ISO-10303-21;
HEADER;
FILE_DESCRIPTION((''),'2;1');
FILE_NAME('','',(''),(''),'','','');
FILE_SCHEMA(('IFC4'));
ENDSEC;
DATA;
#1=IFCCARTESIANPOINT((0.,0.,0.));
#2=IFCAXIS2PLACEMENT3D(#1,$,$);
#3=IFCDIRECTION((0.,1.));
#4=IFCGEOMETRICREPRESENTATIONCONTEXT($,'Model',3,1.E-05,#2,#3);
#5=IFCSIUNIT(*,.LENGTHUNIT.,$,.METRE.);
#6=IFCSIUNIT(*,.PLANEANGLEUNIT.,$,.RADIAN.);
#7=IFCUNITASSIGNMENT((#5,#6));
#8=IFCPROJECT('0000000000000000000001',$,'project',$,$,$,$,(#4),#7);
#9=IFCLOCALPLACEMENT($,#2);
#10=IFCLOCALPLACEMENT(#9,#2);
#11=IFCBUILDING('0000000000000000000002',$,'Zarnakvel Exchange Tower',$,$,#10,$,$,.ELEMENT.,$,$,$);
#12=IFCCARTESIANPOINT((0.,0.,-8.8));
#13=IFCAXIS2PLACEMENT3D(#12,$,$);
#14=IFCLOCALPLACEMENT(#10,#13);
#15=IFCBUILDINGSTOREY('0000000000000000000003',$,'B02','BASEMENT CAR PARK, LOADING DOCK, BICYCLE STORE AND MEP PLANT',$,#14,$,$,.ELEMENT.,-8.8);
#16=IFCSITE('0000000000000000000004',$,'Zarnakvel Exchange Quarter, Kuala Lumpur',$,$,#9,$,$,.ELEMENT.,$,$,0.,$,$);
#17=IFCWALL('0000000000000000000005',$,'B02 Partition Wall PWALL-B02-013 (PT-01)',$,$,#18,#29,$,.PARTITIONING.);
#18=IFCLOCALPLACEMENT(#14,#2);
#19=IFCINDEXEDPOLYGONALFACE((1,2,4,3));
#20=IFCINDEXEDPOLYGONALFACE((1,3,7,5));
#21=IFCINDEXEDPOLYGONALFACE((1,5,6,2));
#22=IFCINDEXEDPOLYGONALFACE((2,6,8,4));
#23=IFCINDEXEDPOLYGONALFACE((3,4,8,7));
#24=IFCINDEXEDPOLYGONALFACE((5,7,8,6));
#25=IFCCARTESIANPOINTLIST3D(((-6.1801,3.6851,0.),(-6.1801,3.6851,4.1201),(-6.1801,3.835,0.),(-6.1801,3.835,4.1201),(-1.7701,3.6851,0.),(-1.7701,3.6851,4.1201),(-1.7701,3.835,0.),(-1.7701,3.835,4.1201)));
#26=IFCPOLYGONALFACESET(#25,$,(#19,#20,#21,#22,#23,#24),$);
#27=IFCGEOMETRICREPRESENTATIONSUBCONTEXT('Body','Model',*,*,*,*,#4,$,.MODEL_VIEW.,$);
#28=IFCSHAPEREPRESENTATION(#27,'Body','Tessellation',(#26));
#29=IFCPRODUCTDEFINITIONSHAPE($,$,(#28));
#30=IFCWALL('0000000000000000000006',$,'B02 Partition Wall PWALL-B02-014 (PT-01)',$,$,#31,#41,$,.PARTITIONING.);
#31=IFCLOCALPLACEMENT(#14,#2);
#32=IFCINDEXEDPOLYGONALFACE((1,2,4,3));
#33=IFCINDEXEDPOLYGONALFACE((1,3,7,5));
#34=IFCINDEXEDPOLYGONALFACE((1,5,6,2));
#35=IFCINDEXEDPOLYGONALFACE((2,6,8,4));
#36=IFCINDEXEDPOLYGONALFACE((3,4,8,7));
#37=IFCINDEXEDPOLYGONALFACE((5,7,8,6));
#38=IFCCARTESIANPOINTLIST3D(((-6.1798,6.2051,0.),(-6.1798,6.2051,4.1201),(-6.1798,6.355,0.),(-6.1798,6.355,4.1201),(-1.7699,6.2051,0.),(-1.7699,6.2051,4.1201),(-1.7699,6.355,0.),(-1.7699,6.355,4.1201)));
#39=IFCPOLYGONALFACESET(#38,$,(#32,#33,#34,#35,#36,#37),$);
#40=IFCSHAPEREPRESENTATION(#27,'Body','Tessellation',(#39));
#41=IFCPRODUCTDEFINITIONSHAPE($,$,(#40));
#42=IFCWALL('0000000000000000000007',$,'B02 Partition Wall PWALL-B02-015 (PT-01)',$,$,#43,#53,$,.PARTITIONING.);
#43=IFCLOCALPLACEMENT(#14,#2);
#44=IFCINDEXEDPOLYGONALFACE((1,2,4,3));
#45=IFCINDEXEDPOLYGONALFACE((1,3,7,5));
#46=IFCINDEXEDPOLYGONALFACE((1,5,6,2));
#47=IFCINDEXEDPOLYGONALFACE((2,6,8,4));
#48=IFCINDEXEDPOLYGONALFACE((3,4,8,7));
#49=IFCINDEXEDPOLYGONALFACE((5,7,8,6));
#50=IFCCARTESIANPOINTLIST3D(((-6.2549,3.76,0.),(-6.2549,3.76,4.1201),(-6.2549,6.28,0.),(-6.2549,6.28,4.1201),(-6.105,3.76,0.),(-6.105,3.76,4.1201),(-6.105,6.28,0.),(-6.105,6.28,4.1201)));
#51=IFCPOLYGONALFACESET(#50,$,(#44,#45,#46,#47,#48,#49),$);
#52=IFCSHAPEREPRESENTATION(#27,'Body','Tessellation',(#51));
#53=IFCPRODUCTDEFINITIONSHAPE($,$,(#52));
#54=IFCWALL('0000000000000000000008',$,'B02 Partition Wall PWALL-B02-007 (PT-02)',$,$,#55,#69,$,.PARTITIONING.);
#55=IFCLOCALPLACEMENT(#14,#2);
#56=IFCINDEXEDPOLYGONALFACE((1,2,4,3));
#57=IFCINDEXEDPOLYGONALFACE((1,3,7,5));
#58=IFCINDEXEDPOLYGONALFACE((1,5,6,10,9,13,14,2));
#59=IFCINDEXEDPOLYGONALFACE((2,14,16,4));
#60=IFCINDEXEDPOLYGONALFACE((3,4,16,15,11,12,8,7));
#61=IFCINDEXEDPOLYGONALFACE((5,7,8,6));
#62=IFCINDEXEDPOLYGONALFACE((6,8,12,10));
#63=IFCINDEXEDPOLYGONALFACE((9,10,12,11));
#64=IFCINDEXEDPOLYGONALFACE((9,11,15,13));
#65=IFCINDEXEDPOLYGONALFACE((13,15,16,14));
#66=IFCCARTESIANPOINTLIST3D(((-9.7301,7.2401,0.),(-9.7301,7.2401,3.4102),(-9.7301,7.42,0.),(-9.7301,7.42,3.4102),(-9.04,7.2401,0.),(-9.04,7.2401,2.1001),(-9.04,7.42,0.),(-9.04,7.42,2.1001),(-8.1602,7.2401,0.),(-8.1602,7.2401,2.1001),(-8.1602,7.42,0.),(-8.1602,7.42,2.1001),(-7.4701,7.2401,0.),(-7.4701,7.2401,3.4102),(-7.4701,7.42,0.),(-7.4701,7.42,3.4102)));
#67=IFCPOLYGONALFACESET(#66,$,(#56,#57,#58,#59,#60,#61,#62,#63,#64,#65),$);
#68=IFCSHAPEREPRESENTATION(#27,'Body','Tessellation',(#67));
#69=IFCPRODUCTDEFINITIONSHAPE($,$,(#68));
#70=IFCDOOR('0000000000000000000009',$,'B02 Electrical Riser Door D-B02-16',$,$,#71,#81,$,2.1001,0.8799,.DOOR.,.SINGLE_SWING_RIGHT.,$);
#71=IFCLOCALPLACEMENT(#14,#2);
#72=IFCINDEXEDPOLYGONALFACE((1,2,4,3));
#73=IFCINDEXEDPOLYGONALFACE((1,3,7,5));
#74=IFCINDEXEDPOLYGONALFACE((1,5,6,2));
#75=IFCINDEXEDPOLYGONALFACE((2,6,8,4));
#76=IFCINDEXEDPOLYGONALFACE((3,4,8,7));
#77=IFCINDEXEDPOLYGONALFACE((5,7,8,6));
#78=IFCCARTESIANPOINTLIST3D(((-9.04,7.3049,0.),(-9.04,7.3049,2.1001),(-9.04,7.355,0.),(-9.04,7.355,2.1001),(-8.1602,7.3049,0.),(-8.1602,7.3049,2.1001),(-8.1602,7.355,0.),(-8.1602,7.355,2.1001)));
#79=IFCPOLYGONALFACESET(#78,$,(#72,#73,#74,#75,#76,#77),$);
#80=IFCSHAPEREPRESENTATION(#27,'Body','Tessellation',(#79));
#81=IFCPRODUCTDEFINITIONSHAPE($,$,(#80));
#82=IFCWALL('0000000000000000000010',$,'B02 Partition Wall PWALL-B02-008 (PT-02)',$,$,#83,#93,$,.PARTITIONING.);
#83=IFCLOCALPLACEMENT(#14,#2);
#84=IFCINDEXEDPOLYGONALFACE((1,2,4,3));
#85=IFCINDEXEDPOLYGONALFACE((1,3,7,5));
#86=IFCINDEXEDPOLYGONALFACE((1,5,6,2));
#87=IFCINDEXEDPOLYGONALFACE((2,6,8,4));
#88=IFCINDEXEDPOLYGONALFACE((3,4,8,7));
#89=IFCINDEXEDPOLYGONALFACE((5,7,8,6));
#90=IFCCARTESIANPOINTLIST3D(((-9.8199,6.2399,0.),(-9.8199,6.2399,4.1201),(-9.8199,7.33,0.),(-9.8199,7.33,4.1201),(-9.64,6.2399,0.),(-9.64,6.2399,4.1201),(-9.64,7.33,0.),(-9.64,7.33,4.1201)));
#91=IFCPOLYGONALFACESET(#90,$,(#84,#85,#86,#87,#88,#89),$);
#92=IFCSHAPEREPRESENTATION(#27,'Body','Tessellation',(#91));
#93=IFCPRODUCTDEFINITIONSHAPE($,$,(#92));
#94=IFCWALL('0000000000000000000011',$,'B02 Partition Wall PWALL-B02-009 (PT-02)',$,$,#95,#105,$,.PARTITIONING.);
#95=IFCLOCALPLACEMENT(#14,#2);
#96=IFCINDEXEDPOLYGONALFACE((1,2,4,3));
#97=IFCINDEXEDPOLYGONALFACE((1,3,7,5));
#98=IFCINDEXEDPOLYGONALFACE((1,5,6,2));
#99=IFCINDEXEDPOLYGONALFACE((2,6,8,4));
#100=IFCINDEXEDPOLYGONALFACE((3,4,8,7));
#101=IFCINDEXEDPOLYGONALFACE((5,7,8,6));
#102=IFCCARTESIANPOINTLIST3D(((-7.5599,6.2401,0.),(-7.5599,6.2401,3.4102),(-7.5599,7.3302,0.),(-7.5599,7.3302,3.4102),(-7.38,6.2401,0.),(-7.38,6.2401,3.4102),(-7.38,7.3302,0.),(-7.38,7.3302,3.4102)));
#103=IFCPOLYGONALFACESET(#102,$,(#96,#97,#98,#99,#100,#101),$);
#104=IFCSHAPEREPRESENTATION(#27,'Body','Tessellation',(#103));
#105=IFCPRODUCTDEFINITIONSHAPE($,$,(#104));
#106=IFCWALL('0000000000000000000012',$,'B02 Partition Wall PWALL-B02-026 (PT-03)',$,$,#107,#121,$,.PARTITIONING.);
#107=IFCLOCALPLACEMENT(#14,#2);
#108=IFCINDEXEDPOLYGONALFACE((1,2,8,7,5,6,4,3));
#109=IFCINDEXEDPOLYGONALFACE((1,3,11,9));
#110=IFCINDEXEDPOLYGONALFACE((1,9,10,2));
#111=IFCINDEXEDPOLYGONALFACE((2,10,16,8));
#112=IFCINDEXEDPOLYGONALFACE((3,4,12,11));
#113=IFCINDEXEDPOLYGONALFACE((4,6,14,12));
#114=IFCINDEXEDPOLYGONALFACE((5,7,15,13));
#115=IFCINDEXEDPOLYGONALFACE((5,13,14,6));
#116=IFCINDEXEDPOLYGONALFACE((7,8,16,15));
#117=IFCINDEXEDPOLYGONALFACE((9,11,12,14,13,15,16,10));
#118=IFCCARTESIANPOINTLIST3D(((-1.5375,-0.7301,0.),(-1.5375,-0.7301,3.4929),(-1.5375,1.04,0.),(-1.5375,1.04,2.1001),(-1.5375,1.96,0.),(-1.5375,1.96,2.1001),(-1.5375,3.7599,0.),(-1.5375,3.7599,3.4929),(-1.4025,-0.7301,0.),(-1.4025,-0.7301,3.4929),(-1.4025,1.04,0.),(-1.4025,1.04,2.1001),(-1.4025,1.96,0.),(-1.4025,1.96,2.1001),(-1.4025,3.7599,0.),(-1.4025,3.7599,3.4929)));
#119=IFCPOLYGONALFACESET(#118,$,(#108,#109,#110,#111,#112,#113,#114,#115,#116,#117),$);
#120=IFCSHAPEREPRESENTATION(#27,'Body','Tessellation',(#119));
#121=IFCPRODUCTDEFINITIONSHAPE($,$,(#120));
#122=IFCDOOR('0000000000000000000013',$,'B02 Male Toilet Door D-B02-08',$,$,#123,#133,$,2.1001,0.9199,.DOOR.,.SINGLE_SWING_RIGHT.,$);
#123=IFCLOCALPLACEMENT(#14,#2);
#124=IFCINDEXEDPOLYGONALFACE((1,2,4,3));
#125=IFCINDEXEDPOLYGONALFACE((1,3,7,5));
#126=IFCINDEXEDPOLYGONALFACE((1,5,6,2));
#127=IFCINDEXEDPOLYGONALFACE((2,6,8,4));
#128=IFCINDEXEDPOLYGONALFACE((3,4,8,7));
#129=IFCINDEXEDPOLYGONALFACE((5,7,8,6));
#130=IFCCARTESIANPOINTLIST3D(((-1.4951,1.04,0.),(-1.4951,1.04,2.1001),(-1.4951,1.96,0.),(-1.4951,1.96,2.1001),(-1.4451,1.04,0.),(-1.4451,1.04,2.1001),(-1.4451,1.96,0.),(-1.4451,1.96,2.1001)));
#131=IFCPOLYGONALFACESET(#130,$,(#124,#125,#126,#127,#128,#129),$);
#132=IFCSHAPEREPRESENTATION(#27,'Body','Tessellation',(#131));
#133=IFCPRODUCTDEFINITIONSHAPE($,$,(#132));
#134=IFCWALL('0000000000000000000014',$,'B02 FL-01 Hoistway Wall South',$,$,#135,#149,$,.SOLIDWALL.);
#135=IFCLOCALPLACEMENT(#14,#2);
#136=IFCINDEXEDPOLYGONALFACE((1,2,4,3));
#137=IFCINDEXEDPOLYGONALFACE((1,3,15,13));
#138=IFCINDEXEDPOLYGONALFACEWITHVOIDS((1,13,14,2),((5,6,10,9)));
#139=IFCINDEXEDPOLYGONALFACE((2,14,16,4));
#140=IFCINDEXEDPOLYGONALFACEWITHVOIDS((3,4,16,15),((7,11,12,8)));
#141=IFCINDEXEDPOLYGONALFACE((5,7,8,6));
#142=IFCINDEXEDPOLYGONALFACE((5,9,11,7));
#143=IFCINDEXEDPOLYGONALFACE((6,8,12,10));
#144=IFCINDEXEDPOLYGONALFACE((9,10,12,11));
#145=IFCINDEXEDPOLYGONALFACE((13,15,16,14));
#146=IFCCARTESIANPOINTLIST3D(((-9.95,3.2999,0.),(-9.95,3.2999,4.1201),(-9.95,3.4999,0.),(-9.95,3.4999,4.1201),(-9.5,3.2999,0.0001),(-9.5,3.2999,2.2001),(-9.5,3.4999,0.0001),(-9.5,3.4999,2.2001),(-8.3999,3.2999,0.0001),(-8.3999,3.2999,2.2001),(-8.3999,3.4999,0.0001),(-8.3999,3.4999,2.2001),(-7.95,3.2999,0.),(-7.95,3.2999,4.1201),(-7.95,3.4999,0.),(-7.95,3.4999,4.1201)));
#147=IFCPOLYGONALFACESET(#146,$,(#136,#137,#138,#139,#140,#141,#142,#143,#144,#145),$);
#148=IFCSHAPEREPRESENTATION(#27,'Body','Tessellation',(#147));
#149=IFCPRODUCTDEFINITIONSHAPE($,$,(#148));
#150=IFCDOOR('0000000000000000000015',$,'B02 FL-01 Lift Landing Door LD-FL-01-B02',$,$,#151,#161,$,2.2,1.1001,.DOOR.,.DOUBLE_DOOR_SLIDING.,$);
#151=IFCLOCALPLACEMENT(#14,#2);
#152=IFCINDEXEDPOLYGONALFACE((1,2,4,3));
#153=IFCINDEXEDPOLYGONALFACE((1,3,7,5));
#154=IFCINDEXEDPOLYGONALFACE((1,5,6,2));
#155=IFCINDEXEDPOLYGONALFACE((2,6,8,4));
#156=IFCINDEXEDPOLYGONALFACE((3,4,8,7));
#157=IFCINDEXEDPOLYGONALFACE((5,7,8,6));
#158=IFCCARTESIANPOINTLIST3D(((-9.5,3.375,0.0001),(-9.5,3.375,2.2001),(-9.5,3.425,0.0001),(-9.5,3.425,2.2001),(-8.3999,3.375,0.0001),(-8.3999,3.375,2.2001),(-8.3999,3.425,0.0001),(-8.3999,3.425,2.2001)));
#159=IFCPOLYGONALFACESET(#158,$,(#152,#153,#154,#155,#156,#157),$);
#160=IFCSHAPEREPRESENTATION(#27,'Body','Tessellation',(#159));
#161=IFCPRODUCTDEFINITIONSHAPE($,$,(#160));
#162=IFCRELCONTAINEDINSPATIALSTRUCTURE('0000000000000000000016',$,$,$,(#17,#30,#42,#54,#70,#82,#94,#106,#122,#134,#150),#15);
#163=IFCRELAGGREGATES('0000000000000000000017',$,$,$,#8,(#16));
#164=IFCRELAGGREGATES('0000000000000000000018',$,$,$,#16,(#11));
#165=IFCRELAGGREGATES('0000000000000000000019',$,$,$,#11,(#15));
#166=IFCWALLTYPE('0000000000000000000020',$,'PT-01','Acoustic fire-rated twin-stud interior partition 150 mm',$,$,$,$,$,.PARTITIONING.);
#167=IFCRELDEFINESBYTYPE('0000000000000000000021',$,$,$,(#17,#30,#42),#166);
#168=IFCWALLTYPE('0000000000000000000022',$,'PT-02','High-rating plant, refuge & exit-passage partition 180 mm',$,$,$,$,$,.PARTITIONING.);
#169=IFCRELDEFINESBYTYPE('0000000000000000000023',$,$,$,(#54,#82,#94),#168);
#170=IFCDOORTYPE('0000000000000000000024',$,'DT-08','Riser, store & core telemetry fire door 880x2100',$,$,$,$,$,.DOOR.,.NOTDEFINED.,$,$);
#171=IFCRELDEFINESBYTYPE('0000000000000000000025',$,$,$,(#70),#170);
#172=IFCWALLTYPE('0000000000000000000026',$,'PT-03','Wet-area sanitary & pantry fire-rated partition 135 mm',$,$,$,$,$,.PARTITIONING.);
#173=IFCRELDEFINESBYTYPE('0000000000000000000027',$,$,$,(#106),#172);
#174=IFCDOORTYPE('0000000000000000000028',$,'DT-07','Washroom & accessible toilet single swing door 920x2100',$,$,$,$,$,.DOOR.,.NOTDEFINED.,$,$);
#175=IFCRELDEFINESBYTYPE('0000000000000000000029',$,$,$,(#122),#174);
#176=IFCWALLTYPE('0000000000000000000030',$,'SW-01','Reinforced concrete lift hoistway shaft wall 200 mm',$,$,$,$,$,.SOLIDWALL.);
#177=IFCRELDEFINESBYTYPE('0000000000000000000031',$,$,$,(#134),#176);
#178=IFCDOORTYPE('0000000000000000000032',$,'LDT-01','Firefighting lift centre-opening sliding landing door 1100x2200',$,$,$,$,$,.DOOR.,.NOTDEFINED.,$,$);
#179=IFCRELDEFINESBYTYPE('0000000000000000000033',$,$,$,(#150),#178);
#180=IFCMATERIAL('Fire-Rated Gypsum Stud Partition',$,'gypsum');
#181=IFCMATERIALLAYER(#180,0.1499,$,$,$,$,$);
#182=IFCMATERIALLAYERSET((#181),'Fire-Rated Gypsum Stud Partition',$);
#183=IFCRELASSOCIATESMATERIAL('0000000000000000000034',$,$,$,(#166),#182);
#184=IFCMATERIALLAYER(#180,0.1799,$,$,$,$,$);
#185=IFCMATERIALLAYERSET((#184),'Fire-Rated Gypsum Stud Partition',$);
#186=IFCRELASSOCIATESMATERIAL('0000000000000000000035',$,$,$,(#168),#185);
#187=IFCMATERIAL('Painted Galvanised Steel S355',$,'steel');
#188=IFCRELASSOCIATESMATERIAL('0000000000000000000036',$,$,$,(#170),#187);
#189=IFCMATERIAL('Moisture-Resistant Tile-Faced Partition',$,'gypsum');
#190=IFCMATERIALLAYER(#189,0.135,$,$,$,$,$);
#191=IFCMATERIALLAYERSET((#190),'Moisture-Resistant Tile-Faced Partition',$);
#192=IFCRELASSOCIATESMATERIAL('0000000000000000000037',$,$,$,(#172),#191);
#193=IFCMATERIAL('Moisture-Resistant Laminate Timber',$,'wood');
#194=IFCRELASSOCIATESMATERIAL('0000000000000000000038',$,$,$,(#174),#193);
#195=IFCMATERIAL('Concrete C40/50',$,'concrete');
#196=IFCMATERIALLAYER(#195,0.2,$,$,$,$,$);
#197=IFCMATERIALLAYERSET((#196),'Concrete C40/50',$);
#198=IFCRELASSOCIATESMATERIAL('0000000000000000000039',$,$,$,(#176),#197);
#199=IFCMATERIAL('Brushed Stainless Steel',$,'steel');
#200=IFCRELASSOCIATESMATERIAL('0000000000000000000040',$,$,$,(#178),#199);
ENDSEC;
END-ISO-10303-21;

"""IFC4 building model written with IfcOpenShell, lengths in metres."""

from ifc_helpers import new_model, si_unit, direction, frame, frame_2d, origin, place, context, subcontext, project, spatial, rectangle, extrude, source, transform, mapped, material, layer, layer_set, type_object, element, fill, save


model = new_model("IFC4")

# Units and contexts
model_context = context("Model", 3, precision=1e-05, world=origin(), true_north=direction((0.0, 1.0)))
body_context = subcontext(model_context, "Body", "Model", "MODEL_VIEW")
ifc_project = project(units=[si_unit("LENGTHUNIT", "METRE"), si_unit("PLANEANGLEUNIT", "RADIAN")], contexts=[model_context])

# Site, building, storey
site_placement = place(None, origin())
site = spatial("IfcSite", under=ifc_project, at=site_placement, Name="Zarnakvel Exchange Quarter, Kuala Lumpur", CompositionType="ELEMENT", RefElevation=0.0)
building_placement = place(site_placement, origin())
building = spatial("IfcBuilding", under=site, at=building_placement, Name="Zarnakvel Exchange Tower", CompositionType="ELEMENT")
storey_placement = place(building_placement, frame((0.0, 0.0, -8.8)))
storey = spatial("IfcBuildingStorey", under=building, at=storey_placement, Name="B02", Description="BASEMENT CAR PARK, LOADING DOCK, BICYCLE STORE AND MEP PLANT", CompositionType="ELEMENT", Elevation=-8.8)

# Walls
ifc_material_1 = material(Name="Fire-Rated Gypsum Stud Partition", Category="gypsum")
ifc_layer_1 = layer(ifc_material_1, 0.1499)
ifc_layer_set_1 = layer_set([ifc_layer_1], Name="Fire-Rated Gypsum Stud Partition")
wall_type_1 = type_object("IfcWallType", Name="PT-01", Description="Acoustic fire-rated twin-stud interior partition 150 mm", PredefinedType="PARTITIONING", material=ifc_layer_set_1)
for number, where, z_axis, x_axis, name in (
    (1, (-1.77, 3.76, 0.0), (0.0, 0.0, 1.0), (-1.0, 0.0, 0.0), "B02 Partition Wall PWALL-B02-013 (PT-01)"),
    (2, (-6.1799, 6.28, 0.0), (0.0, 0.0, 1.0), (1.0, 0.0, 0.0), "B02 Partition Wall PWALL-B02-014 (PT-01)"),
):
    element("IfcWall", number, at=place(storey_placement, frame(where, z_axis=z_axis, x_axis=x_axis)), inside=storey, type_object=wall_type_1, Name=name, PredefinedType="PARTITIONING", context=body_context, shape_type="SweptSolid", body=[
        extrude(rectangle(XDim=4.4099, YDim=0.1499, at=frame_2d((2.2051, 0.0))), origin(), (0.0, 0.0, 1.0), 4.1201),
    ])
wall_1_placement = place(storey_placement, frame((-6.1799, 3.76, 0.0), z_axis=(0.0, 0.0, 1.0), x_axis=(0.0, 1.0, 0.0)))
element("IfcWall", 3, at=wall_1_placement, inside=storey, type_object=wall_type_1, Name="B02 Partition Wall PWALL-B02-015 (PT-01)", PredefinedType="PARTITIONING", context=body_context, shape_type="SweptSolid", body=[
    extrude(rectangle(XDim=2.52, YDim=0.1499, at=frame_2d((1.26, 0.0))), origin(), (0.0, 0.0, 1.0), 4.1201),
])

# Wall, opening, door
ifc_layer_2 = layer(ifc_material_1, 0.1799)
ifc_layer_set_2 = layer_set([ifc_layer_2], Name="Fire-Rated Gypsum Stud Partition")
wall_type_2 = type_object("IfcWallType", Name="PT-02", Description="High-rating plant, refuge & exit-passage partition 180 mm", PredefinedType="PARTITIONING", material=ifc_layer_set_2)
wall_2_placement = place(storey_placement, frame((-9.73, 7.3301, 0.0), z_axis=(0.0, 0.0, 1.0), x_axis=(1.0, 0.0, 0.0)))
wall_2 = element("IfcWall", 4, at=wall_2_placement, inside=storey, type_object=wall_type_2, Name="B02 Partition Wall PWALL-B02-007 (PT-02)", PredefinedType="PARTITIONING", context=body_context, shape_type="SweptSolid", body=[
    extrude(rectangle(XDim=2.26, YDim=0.1799, at=frame_2d((1.1299, 0.0))), origin(), (0.0, 0.0, 1.0), 3.4102),
])
opening_1_placement = place(wall_2_placement, frame((0.6899, 0.0, 0.0)))
opening_1 = element("IfcOpeningElement", 5, at=opening_1_placement, cuts=wall_2, PredefinedType="OPENING", context=body_context, shape_type="SweptSolid", body=[
    extrude(rectangle(XDim=0.8799, YDim=2.1001, at=frame_2d((0.4399, 1.05))), frame((0.0, 0.0999, 0.0), z_axis=(0.0, -1.0, 0.0), x_axis=(1.0, 0.0, 0.0)), (0.0, 0.0, 1.0), 0.2),
])
ifc_material_2 = material(Name="Painted Galvanised Steel S355", Category="steel")
door_type_1 = type_object("IfcDoorType", Name="DT-08", Description="Riser, store & core telemetry fire door 880x2100", OperationType="NOTDEFINED", PredefinedType="DOOR", material=ifc_material_2)
shared_shape_1 = source(origin(), body_context, "Body", "SweptSolid", [
    extrude(rectangle(XDim=0.8799, YDim=2.1001, at=frame_2d((0.4399, 1.05))), frame((0.0, 0.0249, 0.0), z_axis=(0.0, -1.0, 0.0), x_axis=(1.0, 0.0, 0.0)), (0.0, 0.0, 1.0), 0.05),
])
door_1_placement = place(opening_1_placement, origin())
door_1 = element("IfcDoor", 6, at=door_1_placement, inside=storey, type_object=door_type_1, Name="B02 Electrical Riser Door D-B02-16", OperationType="SINGLE_SWING_RIGHT", OverallHeight=2.1001, OverallWidth=0.8799, PredefinedType="DOOR", context=body_context, shape_type="MappedRepresentation", body=[
    mapped(shared_shape_1, transform((0.0, 0.0, 0.0), x_axis=(1.0, 0.0, 0.0), y_axis=(0.0, 1.0, 0.0), z_axis=(0.0, 0.0, 1.0), scale=1.0)),
])
fill(opening_1, door_1)

# Walls
wall_3_placement = place(storey_placement, frame((-9.73, 6.24, 0.0), z_axis=(0.0, 0.0, 1.0), x_axis=(0.0, 1.0, 0.0)))
element("IfcWall", 7, at=wall_3_placement, inside=storey, type_object=wall_type_2, Name="B02 Partition Wall PWALL-B02-008 (PT-02)", PredefinedType="PARTITIONING", context=body_context, shape_type="SweptSolid", body=[
    extrude(rectangle(XDim=1.0901, YDim=0.1799, at=frame_2d((0.5449, 0.0))), origin(), (0.0, 0.0, 1.0), 4.1201),
])
wall_4_placement = place(storey_placement, frame((-7.47, 7.3301, 0.0), z_axis=(0.0, 0.0, 1.0), x_axis=(0.0, -1.0, 0.0)))
element("IfcWall", 8, at=wall_4_placement, inside=storey, type_object=wall_type_2, Name="B02 Partition Wall PWALL-B02-009 (PT-02)", PredefinedType="PARTITIONING", context=body_context, shape_type="SweptSolid", body=[
    extrude(rectangle(XDim=1.0901, YDim=0.1799, at=frame_2d((0.5449, 0.0))), origin(), (0.0, 0.0, 1.0), 3.4102),
])

# Walls, openings, doors
ifc_material_3 = material(Name="Moisture-Resistant Tile-Faced Partition", Category="gypsum")
ifc_layer_3 = layer(ifc_material_3, 0.135)
ifc_layer_set_3 = layer_set([ifc_layer_3], Name="Moisture-Resistant Tile-Faced Partition")
wall_type_3 = type_object("IfcWallType", Name="PT-03", Description="Wet-area sanitary & pantry fire-rated partition 135 mm", PredefinedType="PARTITIONING", material=ifc_layer_set_3)
wall_5_placement = place(storey_placement, frame((-1.47, 3.76, 0.0), z_axis=(0.0, 0.0, 1.0), x_axis=(0.0, -1.0, 0.0)))
wall_5 = element("IfcWall", 9, at=wall_5_placement, inside=storey, type_object=wall_type_3, Name="B02 Partition Wall PWALL-B02-026 (PT-03)", PredefinedType="PARTITIONING", context=body_context, shape_type="SweptSolid", body=[
    extrude(rectangle(XDim=4.49, YDim=0.135, at=frame_2d((2.2451, 0.0))), origin(), (0.0, 0.0, 1.0), 3.4929),
])
opening_2_placement = place(wall_5_placement, frame((1.8, 0.0, 0.0)))
opening_2 = element("IfcOpeningElement", 10, at=opening_2_placement, cuts=wall_5, PredefinedType="OPENING", context=body_context, shape_type="SweptSolid", body=[
    extrude(rectangle(XDim=0.9199, YDim=2.1001, at=frame_2d((0.46, 1.05))), frame((0.0, 0.0774, 0.0), z_axis=(0.0, -1.0, 0.0), x_axis=(1.0, 0.0, 0.0)), (0.0, 0.0, 1.0), 0.155),
])
ifc_material_4 = material(Name="Moisture-Resistant Laminate Timber", Category="wood")
door_type_2 = type_object("IfcDoorType", Name="DT-07", Description="Washroom & accessible toilet single swing door 920x2100", OperationType="NOTDEFINED", PredefinedType="DOOR", material=ifc_material_4)
shared_shape_2 = source(origin(), body_context, "Body", "SweptSolid", [
    extrude(rectangle(XDim=0.9199, YDim=2.1001, at=frame_2d((0.46, 1.05))), frame((0.0, 0.0249, 0.0), z_axis=(0.0, -1.0, 0.0), x_axis=(1.0, 0.0, 0.0)), (0.0, 0.0, 1.0), 0.05),
])
door_2_placement = place(opening_2_placement, origin())
door_2 = element("IfcDoor", 11, at=door_2_placement, inside=storey, type_object=door_type_2, Name="B02 Male Toilet Door D-B02-08", OperationType="SINGLE_SWING_RIGHT", OverallHeight=2.1001, OverallWidth=0.9199, PredefinedType="DOOR", context=body_context, shape_type="MappedRepresentation", body=[
    mapped(shared_shape_2, transform((0.0, 0.0, 0.0), x_axis=(1.0, 0.0, 0.0), y_axis=(0.0, 1.0, 0.0), z_axis=(0.0, 0.0, 1.0), scale=1.0)),
])
fill(opening_2, door_2)
ifc_material_5 = material(Name="Concrete C40/50", Category="concrete")
ifc_layer_4 = layer(ifc_material_5, 0.2)
ifc_layer_set_4 = layer_set([ifc_layer_4], Name="Concrete C40/50")
wall_type_4 = type_object("IfcWallType", Name="SW-01", Description="Reinforced concrete lift hoistway shaft wall 200 mm", PredefinedType="SOLIDWALL", material=ifc_layer_set_4)
wall_6_placement = place(storey_placement, frame((-7.95, 3.3999, 0.0), z_axis=(0.0, 0.0, 1.0), x_axis=(-1.0, 0.0, 0.0)))
wall_6 = element("IfcWall", 12, at=wall_6_placement, inside=storey, type_object=wall_type_4, Name="B02 FL-01 Hoistway Wall South", PredefinedType="SOLIDWALL", context=body_context, shape_type="SweptSolid", body=[
    extrude(rectangle(XDim=2.0, YDim=0.2, at=frame_2d((1.0, 0.0))), origin(), (0.0, 0.0, 1.0), 4.1201),
])
opening_3_placement = place(wall_6_placement, frame((0.45, 0.0, 0.0)))
opening_3 = element("IfcOpeningElement", 13, at=opening_3_placement, cuts=wall_6, PredefinedType="OPENING", context=body_context, shape_type="SweptSolid", body=[
    extrude(rectangle(XDim=1.1001, YDim=2.2, at=frame_2d((0.55, 1.1001))), frame((0.0, 0.1099, 0.0), z_axis=(0.0, -1.0, 0.0), x_axis=(1.0, 0.0, 0.0)), (0.0, 0.0, 1.0), 0.22),
])
ifc_material_6 = material(Name="Brushed Stainless Steel", Category="steel")
door_type_3 = type_object("IfcDoorType", Name="LDT-01", Description="Firefighting lift centre-opening sliding landing door 1100x2200", OperationType="NOTDEFINED", PredefinedType="DOOR", material=ifc_material_6)
shared_shape_3 = source(origin(), body_context, "Body", "SweptSolid", [
    extrude(rectangle(XDim=1.1001, YDim=2.2, at=frame_2d((0.55, 1.1001))), frame((0.0, 0.0249, 0.0), z_axis=(0.0, -1.0, 0.0), x_axis=(1.0, 0.0, 0.0)), (0.0, 0.0, 1.0), 0.05),
])
door_3_placement = place(opening_3_placement, origin())
door_3 = element("IfcDoor", 14, at=door_3_placement, inside=storey, type_object=door_type_3, Name="B02 FL-01 Lift Landing Door LD-FL-01-B02", OperationType="DOUBLE_DOOR_SLIDING", OverallHeight=2.2, OverallWidth=1.1001, PredefinedType="DOOR", context=body_context, shape_type="MappedRepresentation", body=[
    mapped(shared_shape_3, transform((0.0, 0.0, 0.0), x_axis=(1.0, 0.0, 0.0), y_axis=(0.0, 1.0, 0.0), z_axis=(0.0, 0.0, 1.0), scale=1.0)),
])
fill(opening_3, door_3)

save(model, "model.ifc")
